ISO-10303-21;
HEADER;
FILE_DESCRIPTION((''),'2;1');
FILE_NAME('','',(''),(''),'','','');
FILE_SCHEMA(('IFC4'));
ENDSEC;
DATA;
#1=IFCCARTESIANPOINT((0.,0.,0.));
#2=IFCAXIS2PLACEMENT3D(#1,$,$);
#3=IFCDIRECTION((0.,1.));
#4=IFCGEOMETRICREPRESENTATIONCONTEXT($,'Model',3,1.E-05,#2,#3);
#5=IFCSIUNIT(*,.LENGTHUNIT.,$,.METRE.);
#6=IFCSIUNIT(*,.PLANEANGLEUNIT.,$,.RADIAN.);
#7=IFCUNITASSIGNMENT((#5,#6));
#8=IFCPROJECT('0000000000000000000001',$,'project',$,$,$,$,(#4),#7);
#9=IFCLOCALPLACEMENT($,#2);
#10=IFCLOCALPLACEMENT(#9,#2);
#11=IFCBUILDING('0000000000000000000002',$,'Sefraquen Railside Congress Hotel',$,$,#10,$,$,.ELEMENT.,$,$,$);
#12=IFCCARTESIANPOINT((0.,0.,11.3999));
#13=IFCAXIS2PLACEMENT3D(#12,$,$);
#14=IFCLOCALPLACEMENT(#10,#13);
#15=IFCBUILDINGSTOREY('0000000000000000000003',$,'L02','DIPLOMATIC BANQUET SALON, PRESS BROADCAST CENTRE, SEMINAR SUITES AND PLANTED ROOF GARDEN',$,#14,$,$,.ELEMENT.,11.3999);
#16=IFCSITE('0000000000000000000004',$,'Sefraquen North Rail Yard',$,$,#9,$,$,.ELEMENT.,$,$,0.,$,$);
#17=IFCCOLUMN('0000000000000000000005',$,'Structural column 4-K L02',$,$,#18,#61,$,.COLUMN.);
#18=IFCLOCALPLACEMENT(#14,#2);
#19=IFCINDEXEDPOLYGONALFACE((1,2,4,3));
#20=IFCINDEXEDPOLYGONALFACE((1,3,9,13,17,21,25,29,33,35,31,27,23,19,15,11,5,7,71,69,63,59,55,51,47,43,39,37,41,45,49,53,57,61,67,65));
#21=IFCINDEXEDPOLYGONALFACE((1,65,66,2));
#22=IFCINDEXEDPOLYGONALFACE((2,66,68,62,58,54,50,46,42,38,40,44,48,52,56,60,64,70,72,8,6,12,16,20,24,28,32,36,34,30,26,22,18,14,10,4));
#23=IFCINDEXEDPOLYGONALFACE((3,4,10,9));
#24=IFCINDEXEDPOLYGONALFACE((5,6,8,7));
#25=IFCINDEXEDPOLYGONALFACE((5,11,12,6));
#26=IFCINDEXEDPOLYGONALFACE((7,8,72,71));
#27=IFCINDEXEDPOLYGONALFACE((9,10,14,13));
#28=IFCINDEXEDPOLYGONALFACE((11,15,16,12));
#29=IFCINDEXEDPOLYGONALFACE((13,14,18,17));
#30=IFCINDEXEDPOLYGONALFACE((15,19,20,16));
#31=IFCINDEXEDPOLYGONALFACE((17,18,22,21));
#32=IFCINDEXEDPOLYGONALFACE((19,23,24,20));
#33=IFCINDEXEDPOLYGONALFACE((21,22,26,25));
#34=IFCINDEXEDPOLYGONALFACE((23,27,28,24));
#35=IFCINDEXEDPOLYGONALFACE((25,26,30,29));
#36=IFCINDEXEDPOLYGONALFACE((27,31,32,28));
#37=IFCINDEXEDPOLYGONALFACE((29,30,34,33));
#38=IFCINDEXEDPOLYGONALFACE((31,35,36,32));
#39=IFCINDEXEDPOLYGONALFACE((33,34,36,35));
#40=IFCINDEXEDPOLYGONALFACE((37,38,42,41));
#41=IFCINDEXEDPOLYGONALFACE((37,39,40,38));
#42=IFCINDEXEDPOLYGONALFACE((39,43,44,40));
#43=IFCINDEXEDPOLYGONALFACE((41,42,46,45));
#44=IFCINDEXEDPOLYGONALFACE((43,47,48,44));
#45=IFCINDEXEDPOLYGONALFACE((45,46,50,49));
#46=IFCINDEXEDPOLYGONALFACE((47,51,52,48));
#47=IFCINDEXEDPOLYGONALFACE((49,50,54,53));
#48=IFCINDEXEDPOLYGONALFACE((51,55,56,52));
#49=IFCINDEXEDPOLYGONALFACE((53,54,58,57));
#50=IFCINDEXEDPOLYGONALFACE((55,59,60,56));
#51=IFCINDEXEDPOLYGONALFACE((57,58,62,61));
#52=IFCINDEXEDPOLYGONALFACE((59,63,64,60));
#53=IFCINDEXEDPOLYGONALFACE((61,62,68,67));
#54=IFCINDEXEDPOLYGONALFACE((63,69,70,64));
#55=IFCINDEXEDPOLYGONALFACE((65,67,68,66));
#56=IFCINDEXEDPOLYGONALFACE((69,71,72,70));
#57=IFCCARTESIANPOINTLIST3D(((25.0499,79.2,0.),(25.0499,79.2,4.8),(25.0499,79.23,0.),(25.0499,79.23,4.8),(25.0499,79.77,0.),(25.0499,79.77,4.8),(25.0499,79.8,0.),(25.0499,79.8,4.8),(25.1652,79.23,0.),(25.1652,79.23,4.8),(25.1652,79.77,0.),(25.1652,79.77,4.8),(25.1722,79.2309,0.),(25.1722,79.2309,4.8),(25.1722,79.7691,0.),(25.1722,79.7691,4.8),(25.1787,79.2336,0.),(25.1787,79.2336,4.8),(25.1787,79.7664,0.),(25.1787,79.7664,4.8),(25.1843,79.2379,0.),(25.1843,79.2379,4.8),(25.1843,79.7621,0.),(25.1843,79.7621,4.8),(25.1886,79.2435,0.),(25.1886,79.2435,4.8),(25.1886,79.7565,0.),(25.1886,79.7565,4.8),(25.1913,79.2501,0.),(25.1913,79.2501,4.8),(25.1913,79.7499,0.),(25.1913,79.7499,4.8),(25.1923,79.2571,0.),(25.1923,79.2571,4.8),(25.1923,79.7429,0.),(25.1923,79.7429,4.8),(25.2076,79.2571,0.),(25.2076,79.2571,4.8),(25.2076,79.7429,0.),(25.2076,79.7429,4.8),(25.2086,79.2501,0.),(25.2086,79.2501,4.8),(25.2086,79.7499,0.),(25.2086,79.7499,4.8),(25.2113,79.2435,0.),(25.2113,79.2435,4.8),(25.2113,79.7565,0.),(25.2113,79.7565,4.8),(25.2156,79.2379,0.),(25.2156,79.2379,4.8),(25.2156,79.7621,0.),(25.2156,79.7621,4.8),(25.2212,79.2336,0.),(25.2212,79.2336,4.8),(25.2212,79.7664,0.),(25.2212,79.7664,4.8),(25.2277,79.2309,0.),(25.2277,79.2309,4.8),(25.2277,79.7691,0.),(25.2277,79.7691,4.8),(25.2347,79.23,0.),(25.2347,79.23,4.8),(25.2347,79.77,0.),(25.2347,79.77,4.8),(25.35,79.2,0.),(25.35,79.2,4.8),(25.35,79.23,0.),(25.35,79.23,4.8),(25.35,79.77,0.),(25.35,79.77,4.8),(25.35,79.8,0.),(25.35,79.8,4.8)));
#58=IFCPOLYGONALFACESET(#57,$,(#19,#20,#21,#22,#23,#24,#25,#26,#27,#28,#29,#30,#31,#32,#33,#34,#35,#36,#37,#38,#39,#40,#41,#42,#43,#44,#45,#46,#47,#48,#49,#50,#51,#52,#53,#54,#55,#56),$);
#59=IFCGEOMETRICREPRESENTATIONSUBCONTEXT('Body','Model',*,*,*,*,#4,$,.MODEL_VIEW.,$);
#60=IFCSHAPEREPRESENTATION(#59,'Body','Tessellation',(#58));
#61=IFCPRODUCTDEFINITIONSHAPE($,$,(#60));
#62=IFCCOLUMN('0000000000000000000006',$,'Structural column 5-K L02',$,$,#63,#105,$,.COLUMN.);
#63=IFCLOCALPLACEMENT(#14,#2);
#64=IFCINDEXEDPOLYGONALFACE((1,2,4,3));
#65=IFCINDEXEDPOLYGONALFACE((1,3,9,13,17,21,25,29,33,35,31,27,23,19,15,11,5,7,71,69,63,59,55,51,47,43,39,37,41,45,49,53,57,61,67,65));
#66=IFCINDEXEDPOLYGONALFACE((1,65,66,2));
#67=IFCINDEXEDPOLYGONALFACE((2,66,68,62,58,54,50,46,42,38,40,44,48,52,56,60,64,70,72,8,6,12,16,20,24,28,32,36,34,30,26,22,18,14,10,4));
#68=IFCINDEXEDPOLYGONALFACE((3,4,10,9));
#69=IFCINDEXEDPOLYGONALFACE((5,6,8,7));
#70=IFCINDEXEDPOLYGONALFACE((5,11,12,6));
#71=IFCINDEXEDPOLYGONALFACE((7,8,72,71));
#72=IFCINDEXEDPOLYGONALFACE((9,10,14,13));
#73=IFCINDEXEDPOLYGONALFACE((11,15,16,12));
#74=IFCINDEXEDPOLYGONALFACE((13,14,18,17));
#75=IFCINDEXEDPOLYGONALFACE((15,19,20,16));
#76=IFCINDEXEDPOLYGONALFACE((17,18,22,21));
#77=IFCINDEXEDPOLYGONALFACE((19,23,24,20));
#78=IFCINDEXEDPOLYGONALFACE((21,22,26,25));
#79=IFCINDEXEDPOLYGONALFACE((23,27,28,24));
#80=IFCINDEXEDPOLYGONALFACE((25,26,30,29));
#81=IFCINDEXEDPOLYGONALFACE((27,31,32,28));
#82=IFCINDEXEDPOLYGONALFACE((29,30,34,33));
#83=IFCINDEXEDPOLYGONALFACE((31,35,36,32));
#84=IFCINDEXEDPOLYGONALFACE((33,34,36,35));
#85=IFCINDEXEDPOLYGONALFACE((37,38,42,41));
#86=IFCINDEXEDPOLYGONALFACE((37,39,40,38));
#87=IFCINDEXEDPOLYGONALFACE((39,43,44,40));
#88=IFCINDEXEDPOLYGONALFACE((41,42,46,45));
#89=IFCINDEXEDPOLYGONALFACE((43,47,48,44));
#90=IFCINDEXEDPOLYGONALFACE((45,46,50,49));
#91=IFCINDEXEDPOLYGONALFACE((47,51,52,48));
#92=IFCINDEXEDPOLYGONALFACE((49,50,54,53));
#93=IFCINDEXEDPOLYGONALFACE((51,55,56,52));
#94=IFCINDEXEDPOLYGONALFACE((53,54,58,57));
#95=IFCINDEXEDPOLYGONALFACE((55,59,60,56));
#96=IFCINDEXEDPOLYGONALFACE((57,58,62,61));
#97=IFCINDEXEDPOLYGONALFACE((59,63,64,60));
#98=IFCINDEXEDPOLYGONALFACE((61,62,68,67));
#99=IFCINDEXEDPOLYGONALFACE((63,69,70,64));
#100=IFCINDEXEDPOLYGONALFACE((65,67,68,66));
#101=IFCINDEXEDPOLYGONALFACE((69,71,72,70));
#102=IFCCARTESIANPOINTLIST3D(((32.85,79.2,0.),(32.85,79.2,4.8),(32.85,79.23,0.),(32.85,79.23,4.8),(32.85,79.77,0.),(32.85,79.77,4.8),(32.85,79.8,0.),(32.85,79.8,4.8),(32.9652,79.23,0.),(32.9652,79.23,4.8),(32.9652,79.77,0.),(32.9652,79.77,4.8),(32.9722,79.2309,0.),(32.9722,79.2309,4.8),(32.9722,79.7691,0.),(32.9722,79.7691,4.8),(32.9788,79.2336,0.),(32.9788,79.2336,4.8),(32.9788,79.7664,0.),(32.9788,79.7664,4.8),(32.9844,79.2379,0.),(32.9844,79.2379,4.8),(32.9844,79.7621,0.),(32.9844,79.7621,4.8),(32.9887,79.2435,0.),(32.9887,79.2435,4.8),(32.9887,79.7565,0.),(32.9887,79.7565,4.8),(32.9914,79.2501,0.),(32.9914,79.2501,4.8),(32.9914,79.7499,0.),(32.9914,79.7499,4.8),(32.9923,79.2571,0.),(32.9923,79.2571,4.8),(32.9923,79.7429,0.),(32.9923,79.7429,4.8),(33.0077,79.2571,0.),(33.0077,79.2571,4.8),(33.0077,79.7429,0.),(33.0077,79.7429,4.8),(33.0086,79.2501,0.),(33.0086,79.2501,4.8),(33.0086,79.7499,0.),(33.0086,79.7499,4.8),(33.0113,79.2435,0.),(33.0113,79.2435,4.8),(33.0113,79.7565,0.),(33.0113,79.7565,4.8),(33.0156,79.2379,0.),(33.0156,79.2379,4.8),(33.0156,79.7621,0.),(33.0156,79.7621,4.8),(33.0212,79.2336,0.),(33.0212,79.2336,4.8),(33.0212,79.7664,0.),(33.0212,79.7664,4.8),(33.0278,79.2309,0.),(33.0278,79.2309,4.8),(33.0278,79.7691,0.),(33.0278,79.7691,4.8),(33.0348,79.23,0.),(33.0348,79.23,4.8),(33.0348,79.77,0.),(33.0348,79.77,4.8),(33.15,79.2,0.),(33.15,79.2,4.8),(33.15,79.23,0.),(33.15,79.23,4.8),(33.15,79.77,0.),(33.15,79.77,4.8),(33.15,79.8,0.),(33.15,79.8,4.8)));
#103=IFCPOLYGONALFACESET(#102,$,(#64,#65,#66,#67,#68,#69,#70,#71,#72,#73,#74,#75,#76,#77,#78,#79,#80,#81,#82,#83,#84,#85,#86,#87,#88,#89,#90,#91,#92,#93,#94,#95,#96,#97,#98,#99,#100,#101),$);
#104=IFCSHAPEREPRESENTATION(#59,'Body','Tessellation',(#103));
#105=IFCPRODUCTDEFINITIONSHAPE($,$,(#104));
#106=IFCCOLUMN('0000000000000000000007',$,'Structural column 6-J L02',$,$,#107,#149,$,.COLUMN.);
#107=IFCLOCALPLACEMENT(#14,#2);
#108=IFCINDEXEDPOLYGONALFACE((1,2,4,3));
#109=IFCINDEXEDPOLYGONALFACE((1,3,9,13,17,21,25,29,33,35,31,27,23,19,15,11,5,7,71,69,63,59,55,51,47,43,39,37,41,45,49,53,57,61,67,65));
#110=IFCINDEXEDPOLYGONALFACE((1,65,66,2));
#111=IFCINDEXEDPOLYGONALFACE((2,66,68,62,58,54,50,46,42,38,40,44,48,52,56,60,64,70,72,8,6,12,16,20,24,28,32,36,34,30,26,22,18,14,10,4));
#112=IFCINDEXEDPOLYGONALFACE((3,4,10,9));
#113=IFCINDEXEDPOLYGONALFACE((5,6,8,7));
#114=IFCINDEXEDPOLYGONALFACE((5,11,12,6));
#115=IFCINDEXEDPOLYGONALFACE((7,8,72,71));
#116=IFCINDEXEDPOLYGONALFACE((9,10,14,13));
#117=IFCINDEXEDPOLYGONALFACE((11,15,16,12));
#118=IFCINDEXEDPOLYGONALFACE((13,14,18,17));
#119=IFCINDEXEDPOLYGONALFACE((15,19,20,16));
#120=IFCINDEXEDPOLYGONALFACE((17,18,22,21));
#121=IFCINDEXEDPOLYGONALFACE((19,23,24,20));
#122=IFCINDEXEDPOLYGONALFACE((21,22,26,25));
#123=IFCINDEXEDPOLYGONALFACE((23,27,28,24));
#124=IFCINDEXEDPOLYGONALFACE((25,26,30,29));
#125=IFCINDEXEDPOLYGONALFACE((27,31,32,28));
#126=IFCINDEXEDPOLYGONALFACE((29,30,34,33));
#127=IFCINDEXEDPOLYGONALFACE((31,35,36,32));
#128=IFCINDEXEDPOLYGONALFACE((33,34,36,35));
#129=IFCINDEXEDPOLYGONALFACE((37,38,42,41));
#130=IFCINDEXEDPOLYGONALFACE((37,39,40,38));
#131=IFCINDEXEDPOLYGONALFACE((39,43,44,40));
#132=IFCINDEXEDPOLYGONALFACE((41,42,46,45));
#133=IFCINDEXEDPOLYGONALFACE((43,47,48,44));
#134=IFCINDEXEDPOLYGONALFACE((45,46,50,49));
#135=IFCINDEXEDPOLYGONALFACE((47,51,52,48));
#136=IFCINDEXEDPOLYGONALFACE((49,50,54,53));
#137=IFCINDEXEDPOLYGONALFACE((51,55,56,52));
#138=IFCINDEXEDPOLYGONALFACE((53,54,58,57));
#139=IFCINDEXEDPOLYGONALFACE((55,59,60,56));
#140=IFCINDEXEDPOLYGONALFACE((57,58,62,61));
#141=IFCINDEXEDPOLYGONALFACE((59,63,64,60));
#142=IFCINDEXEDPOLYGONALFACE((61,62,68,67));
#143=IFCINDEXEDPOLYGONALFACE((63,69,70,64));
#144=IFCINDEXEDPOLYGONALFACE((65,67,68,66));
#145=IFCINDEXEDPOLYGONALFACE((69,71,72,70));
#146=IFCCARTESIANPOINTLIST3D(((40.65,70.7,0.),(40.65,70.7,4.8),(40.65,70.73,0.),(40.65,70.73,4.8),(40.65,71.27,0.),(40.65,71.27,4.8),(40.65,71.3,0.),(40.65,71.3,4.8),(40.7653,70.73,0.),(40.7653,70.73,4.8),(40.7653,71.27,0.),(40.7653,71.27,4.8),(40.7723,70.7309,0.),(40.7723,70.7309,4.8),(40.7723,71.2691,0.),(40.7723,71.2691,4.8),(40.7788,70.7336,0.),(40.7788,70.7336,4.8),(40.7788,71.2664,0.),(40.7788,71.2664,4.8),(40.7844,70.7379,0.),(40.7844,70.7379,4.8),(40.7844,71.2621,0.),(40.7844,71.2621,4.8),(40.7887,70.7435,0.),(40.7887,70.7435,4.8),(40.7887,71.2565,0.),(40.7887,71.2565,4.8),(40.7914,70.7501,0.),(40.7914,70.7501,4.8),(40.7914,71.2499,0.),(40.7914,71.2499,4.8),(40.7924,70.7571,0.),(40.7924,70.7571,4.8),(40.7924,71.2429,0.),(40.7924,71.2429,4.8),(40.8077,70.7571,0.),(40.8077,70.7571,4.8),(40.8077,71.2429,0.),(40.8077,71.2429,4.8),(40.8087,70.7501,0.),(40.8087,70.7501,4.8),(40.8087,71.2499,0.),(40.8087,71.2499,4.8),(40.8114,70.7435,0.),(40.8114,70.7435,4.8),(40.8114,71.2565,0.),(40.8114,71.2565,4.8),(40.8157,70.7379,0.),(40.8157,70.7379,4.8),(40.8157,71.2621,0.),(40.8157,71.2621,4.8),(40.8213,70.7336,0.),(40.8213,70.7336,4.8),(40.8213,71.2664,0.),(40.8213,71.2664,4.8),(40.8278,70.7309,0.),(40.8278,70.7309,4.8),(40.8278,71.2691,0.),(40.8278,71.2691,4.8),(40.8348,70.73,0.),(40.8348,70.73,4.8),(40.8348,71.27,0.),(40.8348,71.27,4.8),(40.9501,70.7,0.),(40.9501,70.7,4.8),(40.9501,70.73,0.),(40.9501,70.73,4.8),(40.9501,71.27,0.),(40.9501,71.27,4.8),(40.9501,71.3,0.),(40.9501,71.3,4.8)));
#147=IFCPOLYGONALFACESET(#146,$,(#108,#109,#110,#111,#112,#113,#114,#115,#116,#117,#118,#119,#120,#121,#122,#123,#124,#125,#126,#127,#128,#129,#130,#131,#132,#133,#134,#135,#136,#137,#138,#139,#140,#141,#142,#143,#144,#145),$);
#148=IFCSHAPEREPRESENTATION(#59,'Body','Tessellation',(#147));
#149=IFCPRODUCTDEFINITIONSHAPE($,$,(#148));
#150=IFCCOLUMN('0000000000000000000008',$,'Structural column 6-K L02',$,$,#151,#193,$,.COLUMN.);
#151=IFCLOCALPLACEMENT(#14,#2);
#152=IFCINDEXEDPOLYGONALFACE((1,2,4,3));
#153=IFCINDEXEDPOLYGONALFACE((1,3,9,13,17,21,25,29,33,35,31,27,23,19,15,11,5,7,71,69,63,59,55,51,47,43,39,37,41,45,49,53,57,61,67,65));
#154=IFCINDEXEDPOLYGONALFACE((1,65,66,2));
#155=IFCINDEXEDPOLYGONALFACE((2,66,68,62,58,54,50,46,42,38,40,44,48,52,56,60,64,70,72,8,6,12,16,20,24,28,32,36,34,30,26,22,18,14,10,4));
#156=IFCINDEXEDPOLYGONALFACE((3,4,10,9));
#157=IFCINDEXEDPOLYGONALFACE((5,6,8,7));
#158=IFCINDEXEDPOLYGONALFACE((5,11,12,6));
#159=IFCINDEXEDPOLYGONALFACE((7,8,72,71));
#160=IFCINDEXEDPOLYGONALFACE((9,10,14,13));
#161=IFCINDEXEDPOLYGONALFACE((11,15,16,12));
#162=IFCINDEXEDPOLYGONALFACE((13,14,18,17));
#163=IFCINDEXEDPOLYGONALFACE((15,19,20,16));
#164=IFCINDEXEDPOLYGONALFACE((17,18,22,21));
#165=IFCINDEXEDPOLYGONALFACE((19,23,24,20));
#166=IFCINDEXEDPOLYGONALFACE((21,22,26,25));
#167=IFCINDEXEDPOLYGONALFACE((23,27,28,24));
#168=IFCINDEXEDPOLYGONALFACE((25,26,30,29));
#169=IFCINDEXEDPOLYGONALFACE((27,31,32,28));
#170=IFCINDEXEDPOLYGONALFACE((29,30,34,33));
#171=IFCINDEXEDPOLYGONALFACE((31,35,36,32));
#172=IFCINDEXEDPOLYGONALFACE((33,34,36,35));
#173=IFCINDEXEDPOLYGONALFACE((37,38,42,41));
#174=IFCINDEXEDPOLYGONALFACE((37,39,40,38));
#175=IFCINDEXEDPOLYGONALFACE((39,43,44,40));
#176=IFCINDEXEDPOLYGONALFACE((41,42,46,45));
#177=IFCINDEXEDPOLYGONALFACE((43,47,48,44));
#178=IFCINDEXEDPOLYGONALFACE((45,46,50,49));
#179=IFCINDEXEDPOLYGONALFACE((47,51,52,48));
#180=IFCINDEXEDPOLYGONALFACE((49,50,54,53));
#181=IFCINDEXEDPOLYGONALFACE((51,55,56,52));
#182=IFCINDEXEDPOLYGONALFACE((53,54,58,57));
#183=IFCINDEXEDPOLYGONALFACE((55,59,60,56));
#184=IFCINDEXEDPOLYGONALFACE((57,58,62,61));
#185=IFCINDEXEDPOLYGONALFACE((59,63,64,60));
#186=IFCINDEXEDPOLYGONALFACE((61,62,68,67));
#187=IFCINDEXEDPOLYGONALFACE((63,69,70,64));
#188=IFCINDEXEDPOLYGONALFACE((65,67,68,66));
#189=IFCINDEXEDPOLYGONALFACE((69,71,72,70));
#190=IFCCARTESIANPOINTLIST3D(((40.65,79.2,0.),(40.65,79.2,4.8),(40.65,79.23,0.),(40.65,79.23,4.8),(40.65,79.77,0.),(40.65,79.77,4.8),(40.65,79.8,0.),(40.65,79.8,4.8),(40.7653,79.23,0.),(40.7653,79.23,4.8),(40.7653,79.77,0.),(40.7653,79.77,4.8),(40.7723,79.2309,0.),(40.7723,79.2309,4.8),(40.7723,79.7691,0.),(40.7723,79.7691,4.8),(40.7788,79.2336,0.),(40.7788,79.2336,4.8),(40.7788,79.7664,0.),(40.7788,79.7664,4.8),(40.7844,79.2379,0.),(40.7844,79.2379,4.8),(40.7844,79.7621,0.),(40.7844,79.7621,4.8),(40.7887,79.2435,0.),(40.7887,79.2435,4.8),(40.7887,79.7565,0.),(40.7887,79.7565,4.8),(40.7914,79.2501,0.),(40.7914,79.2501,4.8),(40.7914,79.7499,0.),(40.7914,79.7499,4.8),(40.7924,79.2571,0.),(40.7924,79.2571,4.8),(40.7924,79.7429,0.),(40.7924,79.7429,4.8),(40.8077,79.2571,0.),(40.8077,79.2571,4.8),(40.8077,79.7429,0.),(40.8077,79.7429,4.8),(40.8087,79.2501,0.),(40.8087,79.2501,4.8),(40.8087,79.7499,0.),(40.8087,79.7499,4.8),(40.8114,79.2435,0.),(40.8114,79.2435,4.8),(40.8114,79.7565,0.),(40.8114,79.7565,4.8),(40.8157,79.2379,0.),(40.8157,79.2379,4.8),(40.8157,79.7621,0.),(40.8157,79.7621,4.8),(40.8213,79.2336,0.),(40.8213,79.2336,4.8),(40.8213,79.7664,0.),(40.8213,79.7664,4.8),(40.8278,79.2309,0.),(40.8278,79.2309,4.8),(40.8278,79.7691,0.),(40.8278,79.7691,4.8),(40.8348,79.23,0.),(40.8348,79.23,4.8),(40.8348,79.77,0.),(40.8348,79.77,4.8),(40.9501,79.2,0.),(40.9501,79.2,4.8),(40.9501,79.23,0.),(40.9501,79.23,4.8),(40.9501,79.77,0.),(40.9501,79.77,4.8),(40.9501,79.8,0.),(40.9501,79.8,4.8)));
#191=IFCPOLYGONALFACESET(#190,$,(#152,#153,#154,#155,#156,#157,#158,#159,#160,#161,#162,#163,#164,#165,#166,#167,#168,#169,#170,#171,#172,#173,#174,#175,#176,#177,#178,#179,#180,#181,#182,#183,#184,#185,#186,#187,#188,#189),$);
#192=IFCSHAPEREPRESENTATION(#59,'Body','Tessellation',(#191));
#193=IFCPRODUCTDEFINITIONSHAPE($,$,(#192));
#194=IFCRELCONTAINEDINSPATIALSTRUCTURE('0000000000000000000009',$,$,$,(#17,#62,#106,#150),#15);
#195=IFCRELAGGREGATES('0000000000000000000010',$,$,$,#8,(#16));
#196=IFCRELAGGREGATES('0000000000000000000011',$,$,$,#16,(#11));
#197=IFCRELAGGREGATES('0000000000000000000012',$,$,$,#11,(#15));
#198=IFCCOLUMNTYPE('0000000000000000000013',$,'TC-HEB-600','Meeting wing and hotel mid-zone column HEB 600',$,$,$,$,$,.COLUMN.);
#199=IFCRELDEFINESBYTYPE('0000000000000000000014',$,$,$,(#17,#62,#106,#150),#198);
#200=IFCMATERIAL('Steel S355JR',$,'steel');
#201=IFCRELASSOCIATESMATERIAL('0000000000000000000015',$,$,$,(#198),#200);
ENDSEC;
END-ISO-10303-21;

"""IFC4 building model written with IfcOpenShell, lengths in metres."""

from ifc_helpers import new_model, si_unit, direction, frame, origin, origin_2d, place, context, subcontext, project, spatial, i_section, extrude, material, material_profile, profile_set, type_object, element, save


model = new_model("IFC4")

# Units and contexts
model_context = context("Model", 3, precision=1e-05, world=origin(), true_north=direction((0.0, 1.0)))
body_context = subcontext(model_context, "Body", "Model", "MODEL_VIEW")
ifc_project = project(units=[si_unit("LENGTHUNIT", "METRE"), si_unit("PLANEANGLEUNIT", "RADIAN")], contexts=[model_context])

# Site, building, storey
site_placement = place(None, origin())
site = spatial("IfcSite", under=ifc_project, at=site_placement, Name="Sefraquen North Rail Yard", CompositionType="ELEMENT", RefElevation=0.0)
building_placement = place(site_placement, origin())
building = spatial("IfcBuilding", under=site, at=building_placement, Name="Sefraquen Railside Congress Hotel", CompositionType="ELEMENT")
storey_placement = place(building_placement, frame((0.0, 0.0, 11.3999)))
storey = spatial("IfcBuildingStorey", under=building, at=storey_placement, Name="L02", Description="DIPLOMATIC BANQUET SALON, PRESS BROADCAST CENTRE, SEMINAR SUITES AND PLANTED ROOF GARDEN", CompositionType="ELEMENT", Elevation=11.3999)

# Columns
ifc_material_1 = material(Name="Steel S355JR", Category="steel")
ifc_material_profile_1 = material_profile(ifc_material_1, i_section(OverallWidth=0.3, OverallDepth=0.6001, WebThickness=0.0154, FlangeThickness=0.03, FilletRadius=0.0271, at=origin_2d()), Name="HEB 600")
ifc_profile_set_1 = profile_set([ifc_material_profile_1], Name="Steel S355JR")
column_type = type_object("IfcColumnType", Name="TC-HEB-600", Description="Meeting wing and hotel mid-zone column HEB 600", PredefinedType="COLUMN", material=ifc_profile_set_1)
for number, where, z_axis, x_axis, name in (
    (1, (25.2, 79.5, 0.0), (0.0, 0.0, 1.0), (1.0, 0.0, 0.0), "Structural column 4-K L02"),
    (2, (33.0, 79.5, 0.0), (0.0, 0.0, 1.0), (1.0, 0.0, 0.0), "Structural column 5-K L02"),
    (3, (40.8, 71.0, 0.0), (0.0, 0.0, 1.0), (1.0, 0.0, 0.0), "Structural column 6-J L02"),
    (4, (40.8, 79.5, 0.0), (0.0, 0.0, 1.0), (1.0, 0.0, 0.0), "Structural column 6-K L02"),
):
    element("IfcColumn", number, at=place(storey_placement, frame(where, z_axis=z_axis, x_axis=x_axis)), inside=storey, type_object=column_type, Name=name, PredefinedType="COLUMN", context=body_context, shape_type="SweptSolid", body=[
        extrude(i_section(OverallWidth=0.3, OverallDepth=0.6001, WebThickness=0.0154, FlangeThickness=0.03, FilletRadius=0.0271, at=origin_2d()), origin(), (0.0, 0.0, 1.0), 4.8),
    ])

save(model, "model.ifc")
